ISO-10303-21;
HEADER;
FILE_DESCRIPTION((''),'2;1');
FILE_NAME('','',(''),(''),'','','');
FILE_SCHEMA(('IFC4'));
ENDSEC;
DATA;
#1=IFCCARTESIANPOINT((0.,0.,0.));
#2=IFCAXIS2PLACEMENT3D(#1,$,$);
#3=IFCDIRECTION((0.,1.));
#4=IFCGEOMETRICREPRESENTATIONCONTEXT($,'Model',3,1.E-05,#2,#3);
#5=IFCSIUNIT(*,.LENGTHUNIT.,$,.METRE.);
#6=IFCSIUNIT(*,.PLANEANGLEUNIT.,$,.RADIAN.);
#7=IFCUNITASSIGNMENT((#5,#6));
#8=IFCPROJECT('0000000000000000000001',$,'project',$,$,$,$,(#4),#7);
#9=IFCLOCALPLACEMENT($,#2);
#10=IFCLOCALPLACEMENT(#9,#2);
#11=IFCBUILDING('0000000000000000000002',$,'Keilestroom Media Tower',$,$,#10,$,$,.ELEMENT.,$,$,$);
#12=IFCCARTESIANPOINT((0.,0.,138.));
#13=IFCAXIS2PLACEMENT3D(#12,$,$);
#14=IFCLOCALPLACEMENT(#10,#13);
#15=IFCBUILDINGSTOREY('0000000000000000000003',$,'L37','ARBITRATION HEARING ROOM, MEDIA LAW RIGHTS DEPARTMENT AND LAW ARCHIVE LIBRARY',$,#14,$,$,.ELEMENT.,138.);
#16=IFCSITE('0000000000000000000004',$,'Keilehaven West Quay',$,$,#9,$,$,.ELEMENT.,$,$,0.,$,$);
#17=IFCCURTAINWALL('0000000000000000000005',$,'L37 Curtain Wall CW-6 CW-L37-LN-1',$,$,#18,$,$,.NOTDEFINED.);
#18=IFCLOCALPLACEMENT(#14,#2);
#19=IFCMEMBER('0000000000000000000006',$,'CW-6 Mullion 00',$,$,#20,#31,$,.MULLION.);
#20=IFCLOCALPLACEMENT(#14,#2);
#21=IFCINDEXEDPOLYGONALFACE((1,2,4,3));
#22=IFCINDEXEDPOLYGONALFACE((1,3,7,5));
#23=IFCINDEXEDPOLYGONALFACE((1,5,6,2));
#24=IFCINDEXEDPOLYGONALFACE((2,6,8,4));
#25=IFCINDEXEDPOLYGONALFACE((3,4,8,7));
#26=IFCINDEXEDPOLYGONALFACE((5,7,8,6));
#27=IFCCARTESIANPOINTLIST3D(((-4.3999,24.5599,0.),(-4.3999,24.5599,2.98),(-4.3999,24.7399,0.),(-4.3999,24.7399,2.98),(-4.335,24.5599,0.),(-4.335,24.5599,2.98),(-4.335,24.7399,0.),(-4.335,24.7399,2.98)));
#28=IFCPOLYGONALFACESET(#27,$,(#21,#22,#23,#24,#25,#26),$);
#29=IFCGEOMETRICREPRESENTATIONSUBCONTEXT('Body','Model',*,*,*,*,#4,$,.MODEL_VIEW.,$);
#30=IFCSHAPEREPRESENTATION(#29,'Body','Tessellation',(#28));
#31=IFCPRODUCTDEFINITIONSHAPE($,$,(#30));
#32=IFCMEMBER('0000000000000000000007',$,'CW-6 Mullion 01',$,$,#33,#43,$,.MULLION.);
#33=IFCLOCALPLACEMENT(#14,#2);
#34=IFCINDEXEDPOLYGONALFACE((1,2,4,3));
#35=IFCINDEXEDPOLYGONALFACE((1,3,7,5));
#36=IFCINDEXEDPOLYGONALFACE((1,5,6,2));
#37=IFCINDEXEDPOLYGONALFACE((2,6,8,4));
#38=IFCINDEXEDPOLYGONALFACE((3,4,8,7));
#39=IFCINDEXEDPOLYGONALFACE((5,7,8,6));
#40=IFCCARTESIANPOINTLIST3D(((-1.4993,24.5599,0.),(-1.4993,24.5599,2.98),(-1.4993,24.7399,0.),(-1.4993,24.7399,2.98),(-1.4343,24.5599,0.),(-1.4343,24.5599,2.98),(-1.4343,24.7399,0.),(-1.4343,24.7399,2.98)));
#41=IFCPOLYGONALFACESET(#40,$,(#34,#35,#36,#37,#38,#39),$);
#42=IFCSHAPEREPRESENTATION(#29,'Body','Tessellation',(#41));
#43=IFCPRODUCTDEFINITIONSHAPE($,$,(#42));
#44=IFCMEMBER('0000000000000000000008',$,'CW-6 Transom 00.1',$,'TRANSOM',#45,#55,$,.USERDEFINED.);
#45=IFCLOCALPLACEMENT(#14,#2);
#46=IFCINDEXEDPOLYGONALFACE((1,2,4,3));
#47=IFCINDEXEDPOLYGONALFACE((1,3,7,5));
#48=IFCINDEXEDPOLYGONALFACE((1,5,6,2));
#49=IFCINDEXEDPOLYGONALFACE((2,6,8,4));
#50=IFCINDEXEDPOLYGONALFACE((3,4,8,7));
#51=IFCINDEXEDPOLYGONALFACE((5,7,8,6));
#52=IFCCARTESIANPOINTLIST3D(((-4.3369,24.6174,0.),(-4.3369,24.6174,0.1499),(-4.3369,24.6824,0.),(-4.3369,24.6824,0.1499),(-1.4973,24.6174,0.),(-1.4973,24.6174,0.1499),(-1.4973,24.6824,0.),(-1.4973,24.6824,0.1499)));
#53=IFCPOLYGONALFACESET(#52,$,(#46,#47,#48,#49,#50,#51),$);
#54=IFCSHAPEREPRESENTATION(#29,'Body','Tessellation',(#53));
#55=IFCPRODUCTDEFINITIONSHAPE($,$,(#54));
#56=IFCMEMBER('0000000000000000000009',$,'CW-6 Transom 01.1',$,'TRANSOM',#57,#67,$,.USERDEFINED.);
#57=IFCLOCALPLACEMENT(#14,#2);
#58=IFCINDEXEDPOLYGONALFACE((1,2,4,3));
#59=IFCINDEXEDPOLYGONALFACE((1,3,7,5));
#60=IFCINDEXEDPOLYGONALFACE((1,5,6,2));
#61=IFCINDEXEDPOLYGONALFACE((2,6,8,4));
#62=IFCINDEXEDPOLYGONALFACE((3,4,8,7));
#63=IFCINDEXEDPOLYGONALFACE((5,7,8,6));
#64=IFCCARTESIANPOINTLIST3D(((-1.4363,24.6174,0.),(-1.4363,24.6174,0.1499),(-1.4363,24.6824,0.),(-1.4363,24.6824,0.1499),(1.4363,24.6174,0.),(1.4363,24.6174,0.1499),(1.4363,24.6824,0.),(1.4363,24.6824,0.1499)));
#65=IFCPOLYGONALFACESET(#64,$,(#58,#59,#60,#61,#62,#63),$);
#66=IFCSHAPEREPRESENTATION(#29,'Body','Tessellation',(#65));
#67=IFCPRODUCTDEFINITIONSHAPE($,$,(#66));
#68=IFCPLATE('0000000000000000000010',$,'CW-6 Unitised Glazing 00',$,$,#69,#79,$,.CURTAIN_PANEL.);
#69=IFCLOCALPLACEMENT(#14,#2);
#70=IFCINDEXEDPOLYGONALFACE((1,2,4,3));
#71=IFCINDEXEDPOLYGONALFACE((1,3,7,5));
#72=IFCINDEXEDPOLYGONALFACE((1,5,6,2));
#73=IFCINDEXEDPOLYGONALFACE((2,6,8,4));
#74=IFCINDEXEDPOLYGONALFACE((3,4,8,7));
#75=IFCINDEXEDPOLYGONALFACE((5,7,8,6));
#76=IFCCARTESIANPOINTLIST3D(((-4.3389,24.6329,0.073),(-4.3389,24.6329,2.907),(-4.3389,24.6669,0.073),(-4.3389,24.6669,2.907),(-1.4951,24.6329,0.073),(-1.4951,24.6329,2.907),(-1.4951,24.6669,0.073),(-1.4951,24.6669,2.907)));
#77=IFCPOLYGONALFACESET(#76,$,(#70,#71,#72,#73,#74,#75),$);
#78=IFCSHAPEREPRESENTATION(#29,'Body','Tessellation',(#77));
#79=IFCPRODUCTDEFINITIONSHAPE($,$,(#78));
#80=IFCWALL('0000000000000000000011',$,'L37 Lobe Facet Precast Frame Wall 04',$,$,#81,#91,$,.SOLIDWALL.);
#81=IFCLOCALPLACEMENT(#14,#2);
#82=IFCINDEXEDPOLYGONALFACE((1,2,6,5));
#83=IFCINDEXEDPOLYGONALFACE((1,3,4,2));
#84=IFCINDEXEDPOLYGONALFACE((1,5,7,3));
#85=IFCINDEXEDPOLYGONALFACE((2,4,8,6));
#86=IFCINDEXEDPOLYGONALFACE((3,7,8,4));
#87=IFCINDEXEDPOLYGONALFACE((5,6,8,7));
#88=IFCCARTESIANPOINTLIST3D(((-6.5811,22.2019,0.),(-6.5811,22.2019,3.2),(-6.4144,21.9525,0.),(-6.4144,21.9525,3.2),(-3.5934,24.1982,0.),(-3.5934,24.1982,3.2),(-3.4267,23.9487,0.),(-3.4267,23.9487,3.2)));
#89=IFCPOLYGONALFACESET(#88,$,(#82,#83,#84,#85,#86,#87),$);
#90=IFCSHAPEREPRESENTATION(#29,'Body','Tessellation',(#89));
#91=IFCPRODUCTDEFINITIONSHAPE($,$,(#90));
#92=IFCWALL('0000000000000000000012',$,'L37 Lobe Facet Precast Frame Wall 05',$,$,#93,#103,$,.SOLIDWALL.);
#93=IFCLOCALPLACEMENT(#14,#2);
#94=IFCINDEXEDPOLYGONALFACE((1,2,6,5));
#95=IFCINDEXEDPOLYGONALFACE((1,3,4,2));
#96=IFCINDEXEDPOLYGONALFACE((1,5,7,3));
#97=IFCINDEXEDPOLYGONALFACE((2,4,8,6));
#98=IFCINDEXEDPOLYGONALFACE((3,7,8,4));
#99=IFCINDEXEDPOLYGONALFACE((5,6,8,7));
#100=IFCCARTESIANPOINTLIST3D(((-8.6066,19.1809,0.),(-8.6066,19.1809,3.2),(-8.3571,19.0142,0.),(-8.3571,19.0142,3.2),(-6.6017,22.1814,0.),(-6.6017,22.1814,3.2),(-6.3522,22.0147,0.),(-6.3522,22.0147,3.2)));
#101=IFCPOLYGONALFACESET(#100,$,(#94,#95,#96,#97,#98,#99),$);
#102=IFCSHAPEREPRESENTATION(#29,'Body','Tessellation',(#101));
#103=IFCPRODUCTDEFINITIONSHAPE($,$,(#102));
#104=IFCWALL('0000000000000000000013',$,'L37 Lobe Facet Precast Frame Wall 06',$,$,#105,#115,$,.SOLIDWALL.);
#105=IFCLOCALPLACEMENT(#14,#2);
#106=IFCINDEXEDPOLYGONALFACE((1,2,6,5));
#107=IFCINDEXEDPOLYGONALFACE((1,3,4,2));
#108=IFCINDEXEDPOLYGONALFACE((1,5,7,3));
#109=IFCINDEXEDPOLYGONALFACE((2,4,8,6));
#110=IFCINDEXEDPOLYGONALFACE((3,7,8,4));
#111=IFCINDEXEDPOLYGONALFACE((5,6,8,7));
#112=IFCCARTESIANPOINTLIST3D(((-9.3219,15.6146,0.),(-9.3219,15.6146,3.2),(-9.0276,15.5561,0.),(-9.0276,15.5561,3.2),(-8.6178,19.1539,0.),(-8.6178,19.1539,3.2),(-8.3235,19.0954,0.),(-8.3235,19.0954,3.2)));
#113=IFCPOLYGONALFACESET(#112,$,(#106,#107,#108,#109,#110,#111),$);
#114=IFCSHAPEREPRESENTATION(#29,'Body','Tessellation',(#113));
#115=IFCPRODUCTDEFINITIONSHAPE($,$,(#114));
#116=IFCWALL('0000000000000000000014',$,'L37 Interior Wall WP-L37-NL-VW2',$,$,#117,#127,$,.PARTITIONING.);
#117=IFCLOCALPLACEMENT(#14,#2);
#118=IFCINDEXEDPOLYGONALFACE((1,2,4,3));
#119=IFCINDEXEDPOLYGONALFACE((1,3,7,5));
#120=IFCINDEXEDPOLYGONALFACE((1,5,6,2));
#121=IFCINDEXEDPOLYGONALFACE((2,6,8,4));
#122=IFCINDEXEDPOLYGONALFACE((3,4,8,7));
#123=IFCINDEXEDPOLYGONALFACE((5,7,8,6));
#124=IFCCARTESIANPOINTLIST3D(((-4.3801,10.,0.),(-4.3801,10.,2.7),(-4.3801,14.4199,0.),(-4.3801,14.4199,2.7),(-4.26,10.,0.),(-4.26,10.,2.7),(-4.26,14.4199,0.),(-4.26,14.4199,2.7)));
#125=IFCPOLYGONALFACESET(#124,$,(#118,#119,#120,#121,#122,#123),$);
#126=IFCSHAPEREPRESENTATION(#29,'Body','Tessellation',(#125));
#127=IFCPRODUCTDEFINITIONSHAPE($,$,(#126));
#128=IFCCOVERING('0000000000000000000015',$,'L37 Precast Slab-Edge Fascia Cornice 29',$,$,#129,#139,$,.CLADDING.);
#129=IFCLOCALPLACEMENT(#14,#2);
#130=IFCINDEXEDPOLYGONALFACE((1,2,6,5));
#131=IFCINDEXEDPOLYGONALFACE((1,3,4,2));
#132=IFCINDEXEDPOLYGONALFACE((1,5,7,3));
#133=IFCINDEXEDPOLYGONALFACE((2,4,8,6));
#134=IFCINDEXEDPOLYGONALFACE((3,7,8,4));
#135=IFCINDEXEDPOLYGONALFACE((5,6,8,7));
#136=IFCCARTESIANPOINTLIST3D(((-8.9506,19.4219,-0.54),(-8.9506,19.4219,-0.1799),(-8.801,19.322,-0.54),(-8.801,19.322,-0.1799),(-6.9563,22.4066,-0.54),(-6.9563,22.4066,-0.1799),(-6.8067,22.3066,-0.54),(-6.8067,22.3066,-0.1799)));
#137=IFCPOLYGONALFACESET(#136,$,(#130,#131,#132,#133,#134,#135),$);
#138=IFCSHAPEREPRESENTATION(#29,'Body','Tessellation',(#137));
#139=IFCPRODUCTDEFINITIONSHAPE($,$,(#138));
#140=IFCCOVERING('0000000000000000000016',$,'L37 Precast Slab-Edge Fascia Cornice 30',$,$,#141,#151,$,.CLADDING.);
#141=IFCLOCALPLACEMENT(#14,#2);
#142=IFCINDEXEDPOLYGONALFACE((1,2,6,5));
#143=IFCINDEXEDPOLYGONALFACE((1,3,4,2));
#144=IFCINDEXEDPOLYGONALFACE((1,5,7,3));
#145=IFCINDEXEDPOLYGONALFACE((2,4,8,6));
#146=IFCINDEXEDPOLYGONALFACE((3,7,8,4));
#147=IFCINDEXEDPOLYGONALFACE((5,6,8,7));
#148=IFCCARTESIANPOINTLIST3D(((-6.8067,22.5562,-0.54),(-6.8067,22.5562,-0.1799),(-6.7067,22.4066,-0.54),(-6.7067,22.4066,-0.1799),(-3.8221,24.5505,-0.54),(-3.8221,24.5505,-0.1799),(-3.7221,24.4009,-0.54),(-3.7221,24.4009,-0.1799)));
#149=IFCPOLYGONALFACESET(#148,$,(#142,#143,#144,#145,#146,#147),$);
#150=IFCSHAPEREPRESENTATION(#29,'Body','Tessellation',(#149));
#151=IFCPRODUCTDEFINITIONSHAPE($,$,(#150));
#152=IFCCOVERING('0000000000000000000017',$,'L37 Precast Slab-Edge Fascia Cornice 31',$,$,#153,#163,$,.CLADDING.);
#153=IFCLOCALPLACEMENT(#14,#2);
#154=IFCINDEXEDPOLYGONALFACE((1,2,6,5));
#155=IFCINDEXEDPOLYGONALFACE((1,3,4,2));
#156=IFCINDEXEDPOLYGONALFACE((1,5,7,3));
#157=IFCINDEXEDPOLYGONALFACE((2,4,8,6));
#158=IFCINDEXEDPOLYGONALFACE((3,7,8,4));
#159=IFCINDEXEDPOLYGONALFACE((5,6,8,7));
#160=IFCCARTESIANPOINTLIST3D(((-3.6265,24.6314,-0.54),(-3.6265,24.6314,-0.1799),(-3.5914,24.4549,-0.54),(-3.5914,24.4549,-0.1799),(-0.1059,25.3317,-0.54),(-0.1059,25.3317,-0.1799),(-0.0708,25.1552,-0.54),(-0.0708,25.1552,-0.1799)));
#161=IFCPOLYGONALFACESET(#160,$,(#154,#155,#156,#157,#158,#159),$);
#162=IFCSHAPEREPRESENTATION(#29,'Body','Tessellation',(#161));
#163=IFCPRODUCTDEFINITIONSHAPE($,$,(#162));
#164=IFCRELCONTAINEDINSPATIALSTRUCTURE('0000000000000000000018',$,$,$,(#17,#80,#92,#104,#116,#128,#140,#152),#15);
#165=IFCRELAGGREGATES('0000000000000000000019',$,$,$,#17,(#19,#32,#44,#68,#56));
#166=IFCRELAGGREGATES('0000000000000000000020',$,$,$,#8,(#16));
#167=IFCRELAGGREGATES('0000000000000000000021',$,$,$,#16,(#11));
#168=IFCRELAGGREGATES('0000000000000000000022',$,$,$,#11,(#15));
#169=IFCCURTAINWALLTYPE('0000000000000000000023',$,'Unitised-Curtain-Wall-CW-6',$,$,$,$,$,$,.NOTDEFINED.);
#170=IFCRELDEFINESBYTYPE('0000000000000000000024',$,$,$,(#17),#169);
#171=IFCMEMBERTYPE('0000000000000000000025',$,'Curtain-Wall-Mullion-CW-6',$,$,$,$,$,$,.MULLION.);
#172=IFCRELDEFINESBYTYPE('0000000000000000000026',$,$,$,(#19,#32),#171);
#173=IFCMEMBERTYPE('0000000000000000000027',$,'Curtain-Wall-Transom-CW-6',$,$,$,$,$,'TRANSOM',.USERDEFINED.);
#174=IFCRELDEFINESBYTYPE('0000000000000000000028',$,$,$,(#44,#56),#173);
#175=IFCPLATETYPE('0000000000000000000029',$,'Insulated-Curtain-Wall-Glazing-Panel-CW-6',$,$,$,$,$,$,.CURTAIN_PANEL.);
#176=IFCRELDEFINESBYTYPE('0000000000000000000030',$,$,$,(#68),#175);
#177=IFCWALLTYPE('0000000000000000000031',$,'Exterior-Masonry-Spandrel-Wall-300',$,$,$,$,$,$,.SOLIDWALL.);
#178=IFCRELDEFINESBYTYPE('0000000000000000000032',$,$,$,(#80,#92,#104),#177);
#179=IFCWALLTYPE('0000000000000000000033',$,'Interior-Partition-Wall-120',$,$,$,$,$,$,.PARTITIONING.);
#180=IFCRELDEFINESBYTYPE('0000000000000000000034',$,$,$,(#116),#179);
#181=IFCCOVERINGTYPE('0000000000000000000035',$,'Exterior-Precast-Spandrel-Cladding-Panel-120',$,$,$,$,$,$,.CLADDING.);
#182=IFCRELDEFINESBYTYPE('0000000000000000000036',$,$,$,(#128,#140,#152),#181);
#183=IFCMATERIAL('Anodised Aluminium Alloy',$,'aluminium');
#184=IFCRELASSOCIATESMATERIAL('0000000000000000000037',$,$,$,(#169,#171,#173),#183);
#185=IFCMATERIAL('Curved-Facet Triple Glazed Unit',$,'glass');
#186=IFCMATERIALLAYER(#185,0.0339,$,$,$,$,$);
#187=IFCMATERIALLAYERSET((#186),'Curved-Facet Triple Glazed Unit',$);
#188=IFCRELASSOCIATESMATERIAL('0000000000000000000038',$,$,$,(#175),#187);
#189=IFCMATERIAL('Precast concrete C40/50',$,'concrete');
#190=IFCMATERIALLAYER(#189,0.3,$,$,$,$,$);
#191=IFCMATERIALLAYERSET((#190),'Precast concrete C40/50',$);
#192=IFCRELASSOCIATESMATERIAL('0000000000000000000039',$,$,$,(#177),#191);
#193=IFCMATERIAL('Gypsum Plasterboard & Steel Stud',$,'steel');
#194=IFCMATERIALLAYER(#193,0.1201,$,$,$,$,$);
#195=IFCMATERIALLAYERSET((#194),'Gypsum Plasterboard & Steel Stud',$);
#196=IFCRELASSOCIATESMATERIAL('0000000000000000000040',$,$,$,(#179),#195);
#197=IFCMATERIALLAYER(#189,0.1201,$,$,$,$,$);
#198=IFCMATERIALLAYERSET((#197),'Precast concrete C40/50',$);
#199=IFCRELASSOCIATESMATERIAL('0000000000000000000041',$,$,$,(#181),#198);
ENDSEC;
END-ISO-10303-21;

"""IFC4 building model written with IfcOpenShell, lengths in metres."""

from ifc_helpers import new_model, si_unit, direction, frame, frame_2d, origin, origin_2d, place, context, subcontext, project, spatial, rectangle, extrude, source, transform, mapped, material, layer, layer_set, material_profile, profile_set, type_object, element, aggregate, save


model = new_model("IFC4")

# Units and contexts
model_context = context("Model", 3, precision=1e-05, world=origin(), true_north=direction((0.0, 1.0)))
body_context = subcontext(model_context, "Body", "Model", "MODEL_VIEW")
ifc_project = project(units=[si_unit("LENGTHUNIT", "METRE"), si_unit("PLANEANGLEUNIT", "RADIAN")], contexts=[model_context])

# Site, building, storey
site_placement = place(None, origin())
site = spatial("IfcSite", under=ifc_project, at=site_placement, Name="Keilehaven West Quay", CompositionType="ELEMENT", RefElevation=0.0)
building_placement = place(site_placement, origin())
building = spatial("IfcBuilding", under=site, at=building_placement, Name="Keilestroom Media Tower", CompositionType="ELEMENT")
storey_placement = place(building_placement, frame((0.0, 0.0, 138.0)))
storey = spatial("IfcBuildingStorey", under=building, at=storey_placement, Name="L37", Description="ARBITRATION HEARING ROOM, MEDIA LAW RIGHTS DEPARTMENT AND LAW ARCHIVE LIBRARY", CompositionType="ELEMENT", Elevation=138.0)

# Curtain wall, members, plate
ifc_material_1 = material(Name="Anodised Aluminium Alloy", Category="aluminium")
curtain_wall_type = type_object("IfcCurtainWallType", Name="Unitised-Curtain-Wall-CW-6", PredefinedType="NOTDEFINED", material=ifc_material_1)
curtain_wall_placement = place(storey_placement, origin())
curtain_wall = element("IfcCurtainWall", 1, at=curtain_wall_placement, inside=storey, type_object=curtain_wall_type, Name="L37 Curtain Wall CW-6 CW-L37-LN-1", PredefinedType="NOTDEFINED")
ifc_material_profile_1 = material_profile(ifc_material_1, rectangle(XDim=0.0649, YDim=0.1799, at=origin_2d()), Name="ALU MULLION 65x180")
ifc_profile_set_1 = profile_set([ifc_material_profile_1], Name="Anodised Aluminium Alloy")
member_type_1 = type_object("IfcMemberType", Name="Curtain-Wall-Mullion-CW-6", PredefinedType="MULLION", material=ifc_profile_set_1)
shared_shape_1 = source(origin(), body_context, "Body", "SweptSolid", [
    extrude(rectangle(XDim=0.0649, YDim=0.1799, at=origin_2d()), origin(), (0.0, 0.0, 1.0), 2.98),
])
member_1_placement = place(storey_placement, frame((-4.3674, 24.6499, 0.0), z_axis=(0.0, 0.0, 1.0), x_axis=(1.0, 0.0, 0.0)))
member_1 = element("IfcMember", 2, at=member_1_placement, type_object=member_type_1, Name="CW-6 Mullion 00", PredefinedType="MULLION", context=body_context, shape_type="MappedRepresentation", body=[
    mapped(shared_shape_1, transform((0.0, 0.0, 0.0), x_axis=(1.0, 0.0, 0.0), y_axis=(0.0, 1.0, 0.0), z_axis=(0.0, 0.0, 1.0), scale=1.0)),
])
member_2_placement = place(storey_placement, frame((-1.4668, 24.6499, 0.0), z_axis=(0.0, 0.0, 1.0), x_axis=(1.0, 0.0, 0.0)))
member_2 = element("IfcMember", 3, at=member_2_placement, type_object=member_type_1, Name="CW-6 Mullion 01", PredefinedType="MULLION", context=body_context, shape_type="MappedRepresentation", body=[
    mapped(shared_shape_1, transform((0.0, 0.0, 0.0), x_axis=(1.0, 0.0, 0.0), y_axis=(0.0, 1.0, 0.0), z_axis=(0.0, 0.0, 1.0), scale=1.0)),
])
ifc_material_profile_2 = material_profile(ifc_material_1, rectangle(XDim=0.0649, YDim=0.1499, at=origin_2d()), Name="ALU TRANSOM 65x150")
ifc_profile_set_2 = profile_set([ifc_material_profile_2], Name="Anodised Aluminium Alloy")
member_type_2 = type_object("IfcMemberType", Name="Curtain-Wall-Transom-CW-6", ElementType="TRANSOM", PredefinedType="USERDEFINED", material=ifc_profile_set_2)
shared_shape_2 = source(origin(), body_context, "Body", "SweptSolid", [
    extrude(rectangle(XDim=0.0649, YDim=0.1499, at=origin_2d()), origin(), (0.0, 0.0, 1.0), 2.8396),
])
member_3_placement = place(storey_placement, frame((-4.3369, 24.6499, 0.075), z_axis=(1.0, 0.0, 0.0), x_axis=(0.0, 1.0, 0.0)))
member_3 = element("IfcMember", 4, at=member_3_placement, type_object=member_type_2, Name="CW-6 Transom 00.1", ObjectType="TRANSOM", PredefinedType="USERDEFINED", context=body_context, shape_type="MappedRepresentation", body=[
    mapped(shared_shape_2, transform((0.0, 0.0, 0.0), x_axis=(1.0, 0.0, 0.0), y_axis=(0.0, 1.0, 0.0), z_axis=(0.0, 0.0, 1.0), scale=1.0)),
])
shared_shape_3 = source(origin(), body_context, "Body", "SweptSolid", [
    extrude(rectangle(XDim=0.0649, YDim=0.1499, at=origin_2d()), origin(), (0.0, 0.0, 1.0), 2.8726),
])
member_4_placement = place(storey_placement, frame((-1.4363, 24.6499, 0.075), z_axis=(1.0, 0.0, 0.0), x_axis=(0.0, 1.0, 0.0)))
member_4 = element("IfcMember", 5, at=member_4_placement, type_object=member_type_2, Name="CW-6 Transom 01.1", ObjectType="TRANSOM", PredefinedType="USERDEFINED", context=body_context, shape_type="MappedRepresentation", body=[
    mapped(shared_shape_3, transform((0.0, 0.0, 0.0), x_axis=(1.0, 0.0, 0.0), y_axis=(0.0, 1.0, 0.0), z_axis=(0.0, 0.0, 1.0), scale=1.0)),
])
ifc_material_2 = material(Name="Curved-Facet Triple Glazed Unit", Category="glass")
ifc_layer_1 = layer(ifc_material_2, 0.0339)
ifc_layer_set_1 = layer_set([ifc_layer_1], Name="Curved-Facet Triple Glazed Unit")
plate_type = type_object("IfcPlateType", Name="Insulated-Curtain-Wall-Glazing-Panel-CW-6", PredefinedType="CURTAIN_PANEL", material=ifc_layer_set_1)
shared_shape_4 = source(origin(), body_context, "Body", "SweptSolid", [
    extrude(rectangle(XDim=2.8438, YDim=0.0339, at=origin_2d()), origin(), (0.0, 0.0, 1.0), 2.834),
])
plate_placement = place(storey_placement, frame((-2.917, 24.6499, 0.073), z_axis=(0.0, 0.0, 1.0), x_axis=(1.0, 0.0, 0.0)))
plate = element("IfcPlate", 6, at=plate_placement, type_object=plate_type, Name="CW-6 Unitised Glazing 00", PredefinedType="CURTAIN_PANEL", context=body_context, shape_type="MappedRepresentation", body=[
    mapped(shared_shape_4, transform((0.0, 0.0, 0.0), x_axis=(1.0, 0.0, 0.0), y_axis=(0.0, 1.0, 0.0), z_axis=(0.0, 0.0, 1.0), scale=1.0)),
])
aggregate(curtain_wall, [member_1, member_2, member_3, plate, member_4])

# Walls
ifc_material_3 = material(Name="Precast concrete C40/50", Category="concrete")
ifc_layer_2 = layer(ifc_material_3, 0.3)
ifc_layer_set_2 = layer_set([ifc_layer_2], Name="Precast concrete C40/50")
wall_type_1 = type_object("IfcWallType", Name="Exterior-Masonry-Spandrel-Wall-300", PredefinedType="SOLIDWALL", material=ifc_layer_set_2)
wall_1_placement = place(storey_placement, frame((-3.51, 24.0735, 0.0), z_axis=(0.0, 0.0, 1.0), x_axis=(-0.831475, -0.555562, 0.0)))
element("IfcWall", 7, at=wall_1_placement, inside=storey, type_object=wall_type_1, Name="L37 Lobe Facet Precast Frame Wall 04", PredefinedType="SOLIDWALL", context=body_context, shape_type="SweptSolid", body=[
    extrude(rectangle(XDim=3.5933, YDim=0.3, at=frame_2d((1.7966, 0.0))), origin(), (0.0, 0.0, 1.0), 3.2),
])
for number, where, z_axis, x_axis, name in (
    (8, (-6.4771, 22.0979, 0.0), (0.0, 0.0, 1.0), (-0.555574, -0.831467, 0.0), "L37 Lobe Facet Precast Frame Wall 05"),
    (9, (-8.4707, 19.1245, 0.0), (0.0, 0.0, 1.0), (-0.195114, -0.980781, 0.0), "L37 Lobe Facet Precast Frame Wall 06"),
):
    element("IfcWall", number, at=place(storey_placement, frame(where, z_axis=z_axis, x_axis=x_axis)), inside=storey, type_object=wall_type_1, Name=name, PredefinedType="SOLIDWALL", context=body_context, shape_type="SweptSolid", body=[
        extrude(rectangle(XDim=3.6086, YDim=0.3, at=frame_2d((1.8042, 0.0))), origin(), (0.0, 0.0, 1.0), 3.2),
    ])
ifc_material_4 = material(Name="Gypsum Plasterboard & Steel Stud", Category="steel")
ifc_layer_3 = layer(ifc_material_4, 0.1201)
ifc_layer_set_3 = layer_set([ifc_layer_3], Name="Gypsum Plasterboard & Steel Stud")
wall_type_2 = type_object("IfcWallType", Name="Interior-Partition-Wall-120", PredefinedType="PARTITIONING", material=ifc_layer_set_3)
wall_2_placement = place(storey_placement, frame((-4.3201, 10.0, 0.0), z_axis=(0.0, 0.0, 1.0), x_axis=(0.0, 1.0, 0.0)))
element("IfcWall", 10, at=wall_2_placement, inside=storey, type_object=wall_type_2, Name="L37 Interior Wall WP-L37-NL-VW2", PredefinedType="PARTITIONING", context=body_context, shape_type="SweptSolid", body=[
    extrude(rectangle(XDim=4.4199, YDim=0.1201, at=frame_2d((2.21, 0.0))), origin(), (0.0, 0.0, 1.0), 2.7),
])

# Coverings
ifc_layer_4 = layer(ifc_material_3, 0.1201)
ifc_layer_set_4 = layer_set([ifc_layer_4], Name="Precast concrete C40/50")
covering_type = type_object("IfcCoveringType", Name="Exterior-Precast-Spandrel-Cladding-Panel-120", PredefinedType="CLADDING", material=ifc_layer_set_4)
shared_shape_5 = source(origin(), body_context, "Body", "SweptSolid", [
    extrude(rectangle(XDim=3.5896, YDim=0.1799, at=origin_2d()), origin(), (0.0, 0.0, 1.0), 0.3601),
])
for number, where, z_axis, x_axis, name in (
    (11, (-7.8787, 20.8643, -0.54), (0.0, 0.0, 1.0), (0.555575, 0.831467, 0.0), "L37 Precast Slab-Edge Fascia Cornice 29"),
    (12, (-5.2644, 23.4785, -0.54), (0.0, 0.0, 1.0), (0.831467, 0.555575, 0.0), "L37 Precast Slab-Edge Fascia Cornice 30"),
    (13, (-1.8486, 24.8933, -0.54), (0.0, 0.0, 1.0), (0.980784, 0.195099, 0.0), "L37 Precast Slab-Edge Fascia Cornice 31"),
):
    element("IfcCovering", number, at=place(storey_placement, frame(where, z_axis=z_axis, x_axis=x_axis)), inside=storey, type_object=covering_type, Name=name, PredefinedType="CLADDING", context=body_context, shape_type="MappedRepresentation", body=[
        mapped(shared_shape_5, transform((0.0, 0.0, 0.0), x_axis=(1.0, 0.0, 0.0), y_axis=(0.0, 1.0, 0.0), z_axis=(0.0, 0.0, 1.0), scale=1.0)),
    ])

save(model, "model.ifc")
